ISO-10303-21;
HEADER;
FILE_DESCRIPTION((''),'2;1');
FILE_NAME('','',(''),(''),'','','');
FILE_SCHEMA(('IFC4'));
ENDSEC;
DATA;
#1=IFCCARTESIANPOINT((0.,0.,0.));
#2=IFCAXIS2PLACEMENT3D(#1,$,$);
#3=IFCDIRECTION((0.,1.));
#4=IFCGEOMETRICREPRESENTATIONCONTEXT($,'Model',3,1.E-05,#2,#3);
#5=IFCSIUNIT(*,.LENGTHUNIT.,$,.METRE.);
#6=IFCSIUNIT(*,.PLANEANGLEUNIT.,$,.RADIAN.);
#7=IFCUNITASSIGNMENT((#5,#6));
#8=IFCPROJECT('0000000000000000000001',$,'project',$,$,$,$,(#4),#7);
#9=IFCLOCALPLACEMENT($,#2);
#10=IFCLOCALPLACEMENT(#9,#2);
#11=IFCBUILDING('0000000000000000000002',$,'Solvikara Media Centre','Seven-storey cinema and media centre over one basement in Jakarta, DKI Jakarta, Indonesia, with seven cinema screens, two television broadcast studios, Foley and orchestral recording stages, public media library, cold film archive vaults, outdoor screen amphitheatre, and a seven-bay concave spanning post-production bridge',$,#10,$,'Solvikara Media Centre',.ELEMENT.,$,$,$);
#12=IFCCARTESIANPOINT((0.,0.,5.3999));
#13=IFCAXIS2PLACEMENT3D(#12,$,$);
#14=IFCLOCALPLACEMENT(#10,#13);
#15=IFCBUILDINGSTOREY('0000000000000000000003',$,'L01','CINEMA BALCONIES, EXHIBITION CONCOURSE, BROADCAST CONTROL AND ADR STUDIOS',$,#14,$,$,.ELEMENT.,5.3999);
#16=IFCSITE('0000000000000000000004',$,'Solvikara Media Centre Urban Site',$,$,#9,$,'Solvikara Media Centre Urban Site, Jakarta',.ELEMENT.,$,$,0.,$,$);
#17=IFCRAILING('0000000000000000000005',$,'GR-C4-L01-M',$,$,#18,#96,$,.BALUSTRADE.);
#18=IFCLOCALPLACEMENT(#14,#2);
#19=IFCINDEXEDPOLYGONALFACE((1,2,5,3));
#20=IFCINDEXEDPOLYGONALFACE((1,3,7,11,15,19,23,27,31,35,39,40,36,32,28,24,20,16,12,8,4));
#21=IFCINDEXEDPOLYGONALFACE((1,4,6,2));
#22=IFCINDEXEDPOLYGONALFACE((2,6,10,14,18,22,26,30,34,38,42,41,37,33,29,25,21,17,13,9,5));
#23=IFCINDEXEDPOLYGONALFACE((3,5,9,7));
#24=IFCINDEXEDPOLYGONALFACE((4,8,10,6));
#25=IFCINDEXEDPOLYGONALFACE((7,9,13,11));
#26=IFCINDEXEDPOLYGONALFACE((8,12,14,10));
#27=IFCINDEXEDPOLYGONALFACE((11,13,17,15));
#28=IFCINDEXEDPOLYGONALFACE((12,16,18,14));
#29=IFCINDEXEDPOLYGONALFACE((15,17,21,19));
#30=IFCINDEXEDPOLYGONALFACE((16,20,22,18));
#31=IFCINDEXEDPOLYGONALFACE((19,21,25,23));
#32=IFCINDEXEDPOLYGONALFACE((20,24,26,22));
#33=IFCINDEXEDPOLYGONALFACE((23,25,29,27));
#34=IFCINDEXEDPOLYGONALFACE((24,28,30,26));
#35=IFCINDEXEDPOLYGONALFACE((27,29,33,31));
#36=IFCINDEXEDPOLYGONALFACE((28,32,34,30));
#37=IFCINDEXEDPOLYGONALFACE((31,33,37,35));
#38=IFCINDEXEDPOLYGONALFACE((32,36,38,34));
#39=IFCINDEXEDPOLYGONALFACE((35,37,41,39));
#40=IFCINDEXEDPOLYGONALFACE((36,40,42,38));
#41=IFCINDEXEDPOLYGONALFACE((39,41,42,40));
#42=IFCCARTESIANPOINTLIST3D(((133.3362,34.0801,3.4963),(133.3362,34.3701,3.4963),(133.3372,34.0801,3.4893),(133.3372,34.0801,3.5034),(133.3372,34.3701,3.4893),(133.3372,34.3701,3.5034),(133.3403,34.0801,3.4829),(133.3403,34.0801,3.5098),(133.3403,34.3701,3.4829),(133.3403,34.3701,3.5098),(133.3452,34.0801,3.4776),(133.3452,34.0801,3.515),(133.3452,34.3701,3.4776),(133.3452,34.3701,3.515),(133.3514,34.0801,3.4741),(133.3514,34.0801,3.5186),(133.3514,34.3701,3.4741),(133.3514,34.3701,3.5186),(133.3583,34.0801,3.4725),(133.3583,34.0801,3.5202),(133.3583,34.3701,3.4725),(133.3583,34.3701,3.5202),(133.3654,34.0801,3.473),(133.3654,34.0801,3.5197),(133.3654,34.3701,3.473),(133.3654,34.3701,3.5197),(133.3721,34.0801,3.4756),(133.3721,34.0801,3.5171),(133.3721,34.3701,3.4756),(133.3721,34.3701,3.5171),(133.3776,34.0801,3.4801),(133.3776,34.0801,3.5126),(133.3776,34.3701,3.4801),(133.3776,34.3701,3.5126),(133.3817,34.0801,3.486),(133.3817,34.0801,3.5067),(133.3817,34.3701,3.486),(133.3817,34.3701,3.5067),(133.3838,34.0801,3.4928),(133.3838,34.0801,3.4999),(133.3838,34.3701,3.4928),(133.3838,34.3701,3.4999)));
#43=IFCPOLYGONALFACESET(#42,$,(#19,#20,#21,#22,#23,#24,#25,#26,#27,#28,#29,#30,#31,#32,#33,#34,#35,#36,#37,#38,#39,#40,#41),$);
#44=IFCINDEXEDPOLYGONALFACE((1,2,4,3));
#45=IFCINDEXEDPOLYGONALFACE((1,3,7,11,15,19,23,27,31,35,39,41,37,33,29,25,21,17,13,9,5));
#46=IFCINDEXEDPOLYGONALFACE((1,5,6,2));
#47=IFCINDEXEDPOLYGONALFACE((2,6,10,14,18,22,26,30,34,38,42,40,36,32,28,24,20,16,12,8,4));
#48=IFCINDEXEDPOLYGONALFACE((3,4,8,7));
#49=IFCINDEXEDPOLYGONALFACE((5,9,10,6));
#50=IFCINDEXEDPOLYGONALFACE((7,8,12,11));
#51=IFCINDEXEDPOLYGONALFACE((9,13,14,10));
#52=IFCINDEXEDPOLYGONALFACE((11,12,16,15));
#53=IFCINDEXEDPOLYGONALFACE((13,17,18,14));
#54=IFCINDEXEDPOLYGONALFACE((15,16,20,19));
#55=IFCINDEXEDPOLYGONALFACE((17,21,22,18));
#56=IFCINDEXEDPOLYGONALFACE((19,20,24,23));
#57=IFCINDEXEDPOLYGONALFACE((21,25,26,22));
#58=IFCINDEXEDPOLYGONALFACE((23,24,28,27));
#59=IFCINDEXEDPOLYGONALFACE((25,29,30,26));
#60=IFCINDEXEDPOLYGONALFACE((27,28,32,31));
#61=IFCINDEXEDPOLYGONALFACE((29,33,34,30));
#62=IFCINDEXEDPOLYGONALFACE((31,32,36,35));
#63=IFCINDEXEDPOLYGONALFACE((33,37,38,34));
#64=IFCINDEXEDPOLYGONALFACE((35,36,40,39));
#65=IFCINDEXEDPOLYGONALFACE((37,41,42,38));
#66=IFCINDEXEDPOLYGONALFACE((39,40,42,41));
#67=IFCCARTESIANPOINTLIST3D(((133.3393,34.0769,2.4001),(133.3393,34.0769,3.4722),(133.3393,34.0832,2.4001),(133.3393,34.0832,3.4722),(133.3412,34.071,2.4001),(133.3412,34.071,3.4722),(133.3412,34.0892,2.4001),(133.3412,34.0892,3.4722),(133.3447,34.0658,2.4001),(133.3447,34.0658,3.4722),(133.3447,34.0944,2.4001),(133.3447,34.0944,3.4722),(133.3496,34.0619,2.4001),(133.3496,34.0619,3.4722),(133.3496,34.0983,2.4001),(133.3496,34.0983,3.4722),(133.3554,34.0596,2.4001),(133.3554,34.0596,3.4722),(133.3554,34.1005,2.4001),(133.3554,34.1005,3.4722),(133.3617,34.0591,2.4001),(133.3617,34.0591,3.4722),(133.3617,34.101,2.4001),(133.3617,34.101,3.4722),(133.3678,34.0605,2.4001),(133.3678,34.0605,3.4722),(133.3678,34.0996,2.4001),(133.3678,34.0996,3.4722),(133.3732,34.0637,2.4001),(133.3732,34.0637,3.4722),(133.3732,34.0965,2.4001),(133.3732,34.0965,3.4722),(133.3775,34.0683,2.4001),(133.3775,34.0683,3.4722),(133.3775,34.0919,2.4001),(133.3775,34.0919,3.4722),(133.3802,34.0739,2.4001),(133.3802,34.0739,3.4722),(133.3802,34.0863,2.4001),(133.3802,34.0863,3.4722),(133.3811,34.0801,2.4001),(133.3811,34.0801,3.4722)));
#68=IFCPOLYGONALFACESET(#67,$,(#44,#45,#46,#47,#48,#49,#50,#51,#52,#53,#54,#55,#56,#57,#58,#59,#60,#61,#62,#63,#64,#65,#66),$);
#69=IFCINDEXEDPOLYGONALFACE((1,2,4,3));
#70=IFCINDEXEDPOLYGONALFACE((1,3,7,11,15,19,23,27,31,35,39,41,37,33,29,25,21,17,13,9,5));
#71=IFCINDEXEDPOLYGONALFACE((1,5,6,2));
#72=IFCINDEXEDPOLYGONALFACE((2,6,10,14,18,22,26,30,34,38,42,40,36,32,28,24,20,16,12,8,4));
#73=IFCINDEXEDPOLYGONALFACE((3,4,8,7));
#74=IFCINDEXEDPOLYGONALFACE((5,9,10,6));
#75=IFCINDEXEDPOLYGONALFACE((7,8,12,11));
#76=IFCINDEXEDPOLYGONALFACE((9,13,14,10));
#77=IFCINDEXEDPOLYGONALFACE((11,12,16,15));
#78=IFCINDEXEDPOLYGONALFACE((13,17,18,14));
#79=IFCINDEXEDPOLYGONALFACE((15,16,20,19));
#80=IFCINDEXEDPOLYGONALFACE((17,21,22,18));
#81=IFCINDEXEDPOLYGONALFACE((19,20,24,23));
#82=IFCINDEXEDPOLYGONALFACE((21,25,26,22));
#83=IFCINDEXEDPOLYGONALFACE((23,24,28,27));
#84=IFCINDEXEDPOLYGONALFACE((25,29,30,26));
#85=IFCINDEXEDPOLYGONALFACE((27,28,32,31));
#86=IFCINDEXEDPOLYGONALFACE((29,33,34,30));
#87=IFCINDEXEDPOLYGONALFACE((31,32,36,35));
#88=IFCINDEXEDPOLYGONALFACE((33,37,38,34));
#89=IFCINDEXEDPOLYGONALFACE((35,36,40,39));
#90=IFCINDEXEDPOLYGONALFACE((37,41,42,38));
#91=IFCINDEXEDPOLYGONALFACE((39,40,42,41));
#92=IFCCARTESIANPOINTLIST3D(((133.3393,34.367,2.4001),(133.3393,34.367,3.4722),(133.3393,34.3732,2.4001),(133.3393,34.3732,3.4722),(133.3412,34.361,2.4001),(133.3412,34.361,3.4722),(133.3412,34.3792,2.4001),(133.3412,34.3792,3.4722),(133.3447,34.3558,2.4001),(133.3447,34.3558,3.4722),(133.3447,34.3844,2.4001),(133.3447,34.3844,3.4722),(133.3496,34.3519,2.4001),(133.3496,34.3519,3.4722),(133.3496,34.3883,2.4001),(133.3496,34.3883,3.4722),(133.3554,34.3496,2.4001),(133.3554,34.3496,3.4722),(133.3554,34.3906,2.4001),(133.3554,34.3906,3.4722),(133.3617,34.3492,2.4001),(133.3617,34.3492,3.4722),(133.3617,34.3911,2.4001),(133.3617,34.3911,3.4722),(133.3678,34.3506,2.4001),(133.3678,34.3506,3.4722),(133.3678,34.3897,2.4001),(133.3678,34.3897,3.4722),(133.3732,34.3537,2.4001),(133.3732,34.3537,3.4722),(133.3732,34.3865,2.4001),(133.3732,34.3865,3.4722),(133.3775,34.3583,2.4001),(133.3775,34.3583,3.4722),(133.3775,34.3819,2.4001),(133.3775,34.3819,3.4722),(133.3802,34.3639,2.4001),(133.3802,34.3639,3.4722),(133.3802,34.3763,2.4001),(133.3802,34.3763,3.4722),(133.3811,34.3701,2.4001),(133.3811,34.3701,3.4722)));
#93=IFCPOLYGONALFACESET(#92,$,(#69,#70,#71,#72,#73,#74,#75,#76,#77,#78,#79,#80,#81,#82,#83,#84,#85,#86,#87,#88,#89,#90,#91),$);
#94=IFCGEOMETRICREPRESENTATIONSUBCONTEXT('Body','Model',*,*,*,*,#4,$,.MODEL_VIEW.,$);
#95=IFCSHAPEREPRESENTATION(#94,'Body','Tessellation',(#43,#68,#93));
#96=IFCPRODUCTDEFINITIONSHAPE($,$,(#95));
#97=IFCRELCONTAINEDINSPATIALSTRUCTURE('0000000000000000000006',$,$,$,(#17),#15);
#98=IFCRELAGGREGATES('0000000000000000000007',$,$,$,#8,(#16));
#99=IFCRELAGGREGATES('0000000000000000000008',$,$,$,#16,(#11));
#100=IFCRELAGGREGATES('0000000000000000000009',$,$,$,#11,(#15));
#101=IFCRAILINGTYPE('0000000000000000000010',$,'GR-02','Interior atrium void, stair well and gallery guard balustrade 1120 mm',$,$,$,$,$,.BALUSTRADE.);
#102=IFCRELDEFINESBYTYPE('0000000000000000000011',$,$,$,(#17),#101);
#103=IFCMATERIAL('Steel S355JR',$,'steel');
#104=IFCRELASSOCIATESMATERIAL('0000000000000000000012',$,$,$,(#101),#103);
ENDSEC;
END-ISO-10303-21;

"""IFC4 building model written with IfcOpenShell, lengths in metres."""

from ifc_helpers import new_model, si_unit, direction, frame, origin, origin_2d, place, context, subcontext, project, spatial, circle, extrude, material, type_object, element, save


model = new_model("IFC4")

# Units and contexts
model_context = context("Model", 3, precision=1e-05, world=origin(), true_north=direction((0.0, 1.0)))
body_context = subcontext(model_context, "Body", "Model", "MODEL_VIEW")
ifc_project = project(units=[si_unit("LENGTHUNIT", "METRE"), si_unit("PLANEANGLEUNIT", "RADIAN")], contexts=[model_context])

# Site, building, storey
site_placement = place(None, origin())
site = spatial("IfcSite", under=ifc_project, at=site_placement, Name="Solvikara Media Centre Urban Site", LongName="Solvikara Media Centre Urban Site, Jakarta", CompositionType="ELEMENT", RefElevation=0.0)
building_placement = place(site_placement, origin())
building = spatial("IfcBuilding", under=site, at=building_placement, Name="Solvikara Media Centre", Description="Seven-storey cinema and media centre over one basement in Jakarta, DKI Jakarta, Indonesia, with seven cinema screens, two television broadcast studios, Foley and orchestral recording stages, public media library, cold film archive vaults, outdoor screen amphitheatre, and a seven-bay concave spanning post-production bridge", LongName="Solvikara Media Centre", CompositionType="ELEMENT")
storey_placement = place(building_placement, frame((0.0, 0.0, 5.3999)))
storey = spatial("IfcBuildingStorey", under=building, at=storey_placement, Name="L01", Description="CINEMA BALCONIES, EXHIBITION CONCOURSE, BROADCAST CONTROL AND ADR STUDIOS", CompositionType="ELEMENT", Elevation=5.3999)

# Shared definitions
ifc_material_1 = material(Name="Steel S355JR", Category="steel")

# Railing
railing_type_1 = type_object("IfcRailingType", Name="GR-02", Description="Interior atrium void, stair well and gallery guard balustrade 1120 mm", PredefinedType="BALUSTRADE", material=ifc_material_1)
railing_1_placement = place(storey_placement, frame((133.3601, 34.0801, 2.4001)))
element("IfcRailing", 1, at=railing_1_placement, inside=storey, type_object=railing_type_1, Name="GR-C4-L01-M", PredefinedType="BALUSTRADE", context=body_context, shape_type="SweptSolid", body=[
    extrude(circle(Radius=0.0239, at=origin_2d()), frame((0.0, 0.0, 1.0962), z_axis=(0.0, 1.0, 0.0), x_axis=(-1.0, 0.0, 0.0)), (0.0, 0.0, 1.0), 0.29),
    extrude(circle(Radius=0.021, at=origin_2d()), origin(), (0.0, 0.0, 1.0), 1.072),
    extrude(circle(Radius=0.021, at=origin_2d()), frame((0.0, 0.29, 0.0)), (0.0, 0.0, 1.0), 1.072),
])

save(model, "model.ifc")
